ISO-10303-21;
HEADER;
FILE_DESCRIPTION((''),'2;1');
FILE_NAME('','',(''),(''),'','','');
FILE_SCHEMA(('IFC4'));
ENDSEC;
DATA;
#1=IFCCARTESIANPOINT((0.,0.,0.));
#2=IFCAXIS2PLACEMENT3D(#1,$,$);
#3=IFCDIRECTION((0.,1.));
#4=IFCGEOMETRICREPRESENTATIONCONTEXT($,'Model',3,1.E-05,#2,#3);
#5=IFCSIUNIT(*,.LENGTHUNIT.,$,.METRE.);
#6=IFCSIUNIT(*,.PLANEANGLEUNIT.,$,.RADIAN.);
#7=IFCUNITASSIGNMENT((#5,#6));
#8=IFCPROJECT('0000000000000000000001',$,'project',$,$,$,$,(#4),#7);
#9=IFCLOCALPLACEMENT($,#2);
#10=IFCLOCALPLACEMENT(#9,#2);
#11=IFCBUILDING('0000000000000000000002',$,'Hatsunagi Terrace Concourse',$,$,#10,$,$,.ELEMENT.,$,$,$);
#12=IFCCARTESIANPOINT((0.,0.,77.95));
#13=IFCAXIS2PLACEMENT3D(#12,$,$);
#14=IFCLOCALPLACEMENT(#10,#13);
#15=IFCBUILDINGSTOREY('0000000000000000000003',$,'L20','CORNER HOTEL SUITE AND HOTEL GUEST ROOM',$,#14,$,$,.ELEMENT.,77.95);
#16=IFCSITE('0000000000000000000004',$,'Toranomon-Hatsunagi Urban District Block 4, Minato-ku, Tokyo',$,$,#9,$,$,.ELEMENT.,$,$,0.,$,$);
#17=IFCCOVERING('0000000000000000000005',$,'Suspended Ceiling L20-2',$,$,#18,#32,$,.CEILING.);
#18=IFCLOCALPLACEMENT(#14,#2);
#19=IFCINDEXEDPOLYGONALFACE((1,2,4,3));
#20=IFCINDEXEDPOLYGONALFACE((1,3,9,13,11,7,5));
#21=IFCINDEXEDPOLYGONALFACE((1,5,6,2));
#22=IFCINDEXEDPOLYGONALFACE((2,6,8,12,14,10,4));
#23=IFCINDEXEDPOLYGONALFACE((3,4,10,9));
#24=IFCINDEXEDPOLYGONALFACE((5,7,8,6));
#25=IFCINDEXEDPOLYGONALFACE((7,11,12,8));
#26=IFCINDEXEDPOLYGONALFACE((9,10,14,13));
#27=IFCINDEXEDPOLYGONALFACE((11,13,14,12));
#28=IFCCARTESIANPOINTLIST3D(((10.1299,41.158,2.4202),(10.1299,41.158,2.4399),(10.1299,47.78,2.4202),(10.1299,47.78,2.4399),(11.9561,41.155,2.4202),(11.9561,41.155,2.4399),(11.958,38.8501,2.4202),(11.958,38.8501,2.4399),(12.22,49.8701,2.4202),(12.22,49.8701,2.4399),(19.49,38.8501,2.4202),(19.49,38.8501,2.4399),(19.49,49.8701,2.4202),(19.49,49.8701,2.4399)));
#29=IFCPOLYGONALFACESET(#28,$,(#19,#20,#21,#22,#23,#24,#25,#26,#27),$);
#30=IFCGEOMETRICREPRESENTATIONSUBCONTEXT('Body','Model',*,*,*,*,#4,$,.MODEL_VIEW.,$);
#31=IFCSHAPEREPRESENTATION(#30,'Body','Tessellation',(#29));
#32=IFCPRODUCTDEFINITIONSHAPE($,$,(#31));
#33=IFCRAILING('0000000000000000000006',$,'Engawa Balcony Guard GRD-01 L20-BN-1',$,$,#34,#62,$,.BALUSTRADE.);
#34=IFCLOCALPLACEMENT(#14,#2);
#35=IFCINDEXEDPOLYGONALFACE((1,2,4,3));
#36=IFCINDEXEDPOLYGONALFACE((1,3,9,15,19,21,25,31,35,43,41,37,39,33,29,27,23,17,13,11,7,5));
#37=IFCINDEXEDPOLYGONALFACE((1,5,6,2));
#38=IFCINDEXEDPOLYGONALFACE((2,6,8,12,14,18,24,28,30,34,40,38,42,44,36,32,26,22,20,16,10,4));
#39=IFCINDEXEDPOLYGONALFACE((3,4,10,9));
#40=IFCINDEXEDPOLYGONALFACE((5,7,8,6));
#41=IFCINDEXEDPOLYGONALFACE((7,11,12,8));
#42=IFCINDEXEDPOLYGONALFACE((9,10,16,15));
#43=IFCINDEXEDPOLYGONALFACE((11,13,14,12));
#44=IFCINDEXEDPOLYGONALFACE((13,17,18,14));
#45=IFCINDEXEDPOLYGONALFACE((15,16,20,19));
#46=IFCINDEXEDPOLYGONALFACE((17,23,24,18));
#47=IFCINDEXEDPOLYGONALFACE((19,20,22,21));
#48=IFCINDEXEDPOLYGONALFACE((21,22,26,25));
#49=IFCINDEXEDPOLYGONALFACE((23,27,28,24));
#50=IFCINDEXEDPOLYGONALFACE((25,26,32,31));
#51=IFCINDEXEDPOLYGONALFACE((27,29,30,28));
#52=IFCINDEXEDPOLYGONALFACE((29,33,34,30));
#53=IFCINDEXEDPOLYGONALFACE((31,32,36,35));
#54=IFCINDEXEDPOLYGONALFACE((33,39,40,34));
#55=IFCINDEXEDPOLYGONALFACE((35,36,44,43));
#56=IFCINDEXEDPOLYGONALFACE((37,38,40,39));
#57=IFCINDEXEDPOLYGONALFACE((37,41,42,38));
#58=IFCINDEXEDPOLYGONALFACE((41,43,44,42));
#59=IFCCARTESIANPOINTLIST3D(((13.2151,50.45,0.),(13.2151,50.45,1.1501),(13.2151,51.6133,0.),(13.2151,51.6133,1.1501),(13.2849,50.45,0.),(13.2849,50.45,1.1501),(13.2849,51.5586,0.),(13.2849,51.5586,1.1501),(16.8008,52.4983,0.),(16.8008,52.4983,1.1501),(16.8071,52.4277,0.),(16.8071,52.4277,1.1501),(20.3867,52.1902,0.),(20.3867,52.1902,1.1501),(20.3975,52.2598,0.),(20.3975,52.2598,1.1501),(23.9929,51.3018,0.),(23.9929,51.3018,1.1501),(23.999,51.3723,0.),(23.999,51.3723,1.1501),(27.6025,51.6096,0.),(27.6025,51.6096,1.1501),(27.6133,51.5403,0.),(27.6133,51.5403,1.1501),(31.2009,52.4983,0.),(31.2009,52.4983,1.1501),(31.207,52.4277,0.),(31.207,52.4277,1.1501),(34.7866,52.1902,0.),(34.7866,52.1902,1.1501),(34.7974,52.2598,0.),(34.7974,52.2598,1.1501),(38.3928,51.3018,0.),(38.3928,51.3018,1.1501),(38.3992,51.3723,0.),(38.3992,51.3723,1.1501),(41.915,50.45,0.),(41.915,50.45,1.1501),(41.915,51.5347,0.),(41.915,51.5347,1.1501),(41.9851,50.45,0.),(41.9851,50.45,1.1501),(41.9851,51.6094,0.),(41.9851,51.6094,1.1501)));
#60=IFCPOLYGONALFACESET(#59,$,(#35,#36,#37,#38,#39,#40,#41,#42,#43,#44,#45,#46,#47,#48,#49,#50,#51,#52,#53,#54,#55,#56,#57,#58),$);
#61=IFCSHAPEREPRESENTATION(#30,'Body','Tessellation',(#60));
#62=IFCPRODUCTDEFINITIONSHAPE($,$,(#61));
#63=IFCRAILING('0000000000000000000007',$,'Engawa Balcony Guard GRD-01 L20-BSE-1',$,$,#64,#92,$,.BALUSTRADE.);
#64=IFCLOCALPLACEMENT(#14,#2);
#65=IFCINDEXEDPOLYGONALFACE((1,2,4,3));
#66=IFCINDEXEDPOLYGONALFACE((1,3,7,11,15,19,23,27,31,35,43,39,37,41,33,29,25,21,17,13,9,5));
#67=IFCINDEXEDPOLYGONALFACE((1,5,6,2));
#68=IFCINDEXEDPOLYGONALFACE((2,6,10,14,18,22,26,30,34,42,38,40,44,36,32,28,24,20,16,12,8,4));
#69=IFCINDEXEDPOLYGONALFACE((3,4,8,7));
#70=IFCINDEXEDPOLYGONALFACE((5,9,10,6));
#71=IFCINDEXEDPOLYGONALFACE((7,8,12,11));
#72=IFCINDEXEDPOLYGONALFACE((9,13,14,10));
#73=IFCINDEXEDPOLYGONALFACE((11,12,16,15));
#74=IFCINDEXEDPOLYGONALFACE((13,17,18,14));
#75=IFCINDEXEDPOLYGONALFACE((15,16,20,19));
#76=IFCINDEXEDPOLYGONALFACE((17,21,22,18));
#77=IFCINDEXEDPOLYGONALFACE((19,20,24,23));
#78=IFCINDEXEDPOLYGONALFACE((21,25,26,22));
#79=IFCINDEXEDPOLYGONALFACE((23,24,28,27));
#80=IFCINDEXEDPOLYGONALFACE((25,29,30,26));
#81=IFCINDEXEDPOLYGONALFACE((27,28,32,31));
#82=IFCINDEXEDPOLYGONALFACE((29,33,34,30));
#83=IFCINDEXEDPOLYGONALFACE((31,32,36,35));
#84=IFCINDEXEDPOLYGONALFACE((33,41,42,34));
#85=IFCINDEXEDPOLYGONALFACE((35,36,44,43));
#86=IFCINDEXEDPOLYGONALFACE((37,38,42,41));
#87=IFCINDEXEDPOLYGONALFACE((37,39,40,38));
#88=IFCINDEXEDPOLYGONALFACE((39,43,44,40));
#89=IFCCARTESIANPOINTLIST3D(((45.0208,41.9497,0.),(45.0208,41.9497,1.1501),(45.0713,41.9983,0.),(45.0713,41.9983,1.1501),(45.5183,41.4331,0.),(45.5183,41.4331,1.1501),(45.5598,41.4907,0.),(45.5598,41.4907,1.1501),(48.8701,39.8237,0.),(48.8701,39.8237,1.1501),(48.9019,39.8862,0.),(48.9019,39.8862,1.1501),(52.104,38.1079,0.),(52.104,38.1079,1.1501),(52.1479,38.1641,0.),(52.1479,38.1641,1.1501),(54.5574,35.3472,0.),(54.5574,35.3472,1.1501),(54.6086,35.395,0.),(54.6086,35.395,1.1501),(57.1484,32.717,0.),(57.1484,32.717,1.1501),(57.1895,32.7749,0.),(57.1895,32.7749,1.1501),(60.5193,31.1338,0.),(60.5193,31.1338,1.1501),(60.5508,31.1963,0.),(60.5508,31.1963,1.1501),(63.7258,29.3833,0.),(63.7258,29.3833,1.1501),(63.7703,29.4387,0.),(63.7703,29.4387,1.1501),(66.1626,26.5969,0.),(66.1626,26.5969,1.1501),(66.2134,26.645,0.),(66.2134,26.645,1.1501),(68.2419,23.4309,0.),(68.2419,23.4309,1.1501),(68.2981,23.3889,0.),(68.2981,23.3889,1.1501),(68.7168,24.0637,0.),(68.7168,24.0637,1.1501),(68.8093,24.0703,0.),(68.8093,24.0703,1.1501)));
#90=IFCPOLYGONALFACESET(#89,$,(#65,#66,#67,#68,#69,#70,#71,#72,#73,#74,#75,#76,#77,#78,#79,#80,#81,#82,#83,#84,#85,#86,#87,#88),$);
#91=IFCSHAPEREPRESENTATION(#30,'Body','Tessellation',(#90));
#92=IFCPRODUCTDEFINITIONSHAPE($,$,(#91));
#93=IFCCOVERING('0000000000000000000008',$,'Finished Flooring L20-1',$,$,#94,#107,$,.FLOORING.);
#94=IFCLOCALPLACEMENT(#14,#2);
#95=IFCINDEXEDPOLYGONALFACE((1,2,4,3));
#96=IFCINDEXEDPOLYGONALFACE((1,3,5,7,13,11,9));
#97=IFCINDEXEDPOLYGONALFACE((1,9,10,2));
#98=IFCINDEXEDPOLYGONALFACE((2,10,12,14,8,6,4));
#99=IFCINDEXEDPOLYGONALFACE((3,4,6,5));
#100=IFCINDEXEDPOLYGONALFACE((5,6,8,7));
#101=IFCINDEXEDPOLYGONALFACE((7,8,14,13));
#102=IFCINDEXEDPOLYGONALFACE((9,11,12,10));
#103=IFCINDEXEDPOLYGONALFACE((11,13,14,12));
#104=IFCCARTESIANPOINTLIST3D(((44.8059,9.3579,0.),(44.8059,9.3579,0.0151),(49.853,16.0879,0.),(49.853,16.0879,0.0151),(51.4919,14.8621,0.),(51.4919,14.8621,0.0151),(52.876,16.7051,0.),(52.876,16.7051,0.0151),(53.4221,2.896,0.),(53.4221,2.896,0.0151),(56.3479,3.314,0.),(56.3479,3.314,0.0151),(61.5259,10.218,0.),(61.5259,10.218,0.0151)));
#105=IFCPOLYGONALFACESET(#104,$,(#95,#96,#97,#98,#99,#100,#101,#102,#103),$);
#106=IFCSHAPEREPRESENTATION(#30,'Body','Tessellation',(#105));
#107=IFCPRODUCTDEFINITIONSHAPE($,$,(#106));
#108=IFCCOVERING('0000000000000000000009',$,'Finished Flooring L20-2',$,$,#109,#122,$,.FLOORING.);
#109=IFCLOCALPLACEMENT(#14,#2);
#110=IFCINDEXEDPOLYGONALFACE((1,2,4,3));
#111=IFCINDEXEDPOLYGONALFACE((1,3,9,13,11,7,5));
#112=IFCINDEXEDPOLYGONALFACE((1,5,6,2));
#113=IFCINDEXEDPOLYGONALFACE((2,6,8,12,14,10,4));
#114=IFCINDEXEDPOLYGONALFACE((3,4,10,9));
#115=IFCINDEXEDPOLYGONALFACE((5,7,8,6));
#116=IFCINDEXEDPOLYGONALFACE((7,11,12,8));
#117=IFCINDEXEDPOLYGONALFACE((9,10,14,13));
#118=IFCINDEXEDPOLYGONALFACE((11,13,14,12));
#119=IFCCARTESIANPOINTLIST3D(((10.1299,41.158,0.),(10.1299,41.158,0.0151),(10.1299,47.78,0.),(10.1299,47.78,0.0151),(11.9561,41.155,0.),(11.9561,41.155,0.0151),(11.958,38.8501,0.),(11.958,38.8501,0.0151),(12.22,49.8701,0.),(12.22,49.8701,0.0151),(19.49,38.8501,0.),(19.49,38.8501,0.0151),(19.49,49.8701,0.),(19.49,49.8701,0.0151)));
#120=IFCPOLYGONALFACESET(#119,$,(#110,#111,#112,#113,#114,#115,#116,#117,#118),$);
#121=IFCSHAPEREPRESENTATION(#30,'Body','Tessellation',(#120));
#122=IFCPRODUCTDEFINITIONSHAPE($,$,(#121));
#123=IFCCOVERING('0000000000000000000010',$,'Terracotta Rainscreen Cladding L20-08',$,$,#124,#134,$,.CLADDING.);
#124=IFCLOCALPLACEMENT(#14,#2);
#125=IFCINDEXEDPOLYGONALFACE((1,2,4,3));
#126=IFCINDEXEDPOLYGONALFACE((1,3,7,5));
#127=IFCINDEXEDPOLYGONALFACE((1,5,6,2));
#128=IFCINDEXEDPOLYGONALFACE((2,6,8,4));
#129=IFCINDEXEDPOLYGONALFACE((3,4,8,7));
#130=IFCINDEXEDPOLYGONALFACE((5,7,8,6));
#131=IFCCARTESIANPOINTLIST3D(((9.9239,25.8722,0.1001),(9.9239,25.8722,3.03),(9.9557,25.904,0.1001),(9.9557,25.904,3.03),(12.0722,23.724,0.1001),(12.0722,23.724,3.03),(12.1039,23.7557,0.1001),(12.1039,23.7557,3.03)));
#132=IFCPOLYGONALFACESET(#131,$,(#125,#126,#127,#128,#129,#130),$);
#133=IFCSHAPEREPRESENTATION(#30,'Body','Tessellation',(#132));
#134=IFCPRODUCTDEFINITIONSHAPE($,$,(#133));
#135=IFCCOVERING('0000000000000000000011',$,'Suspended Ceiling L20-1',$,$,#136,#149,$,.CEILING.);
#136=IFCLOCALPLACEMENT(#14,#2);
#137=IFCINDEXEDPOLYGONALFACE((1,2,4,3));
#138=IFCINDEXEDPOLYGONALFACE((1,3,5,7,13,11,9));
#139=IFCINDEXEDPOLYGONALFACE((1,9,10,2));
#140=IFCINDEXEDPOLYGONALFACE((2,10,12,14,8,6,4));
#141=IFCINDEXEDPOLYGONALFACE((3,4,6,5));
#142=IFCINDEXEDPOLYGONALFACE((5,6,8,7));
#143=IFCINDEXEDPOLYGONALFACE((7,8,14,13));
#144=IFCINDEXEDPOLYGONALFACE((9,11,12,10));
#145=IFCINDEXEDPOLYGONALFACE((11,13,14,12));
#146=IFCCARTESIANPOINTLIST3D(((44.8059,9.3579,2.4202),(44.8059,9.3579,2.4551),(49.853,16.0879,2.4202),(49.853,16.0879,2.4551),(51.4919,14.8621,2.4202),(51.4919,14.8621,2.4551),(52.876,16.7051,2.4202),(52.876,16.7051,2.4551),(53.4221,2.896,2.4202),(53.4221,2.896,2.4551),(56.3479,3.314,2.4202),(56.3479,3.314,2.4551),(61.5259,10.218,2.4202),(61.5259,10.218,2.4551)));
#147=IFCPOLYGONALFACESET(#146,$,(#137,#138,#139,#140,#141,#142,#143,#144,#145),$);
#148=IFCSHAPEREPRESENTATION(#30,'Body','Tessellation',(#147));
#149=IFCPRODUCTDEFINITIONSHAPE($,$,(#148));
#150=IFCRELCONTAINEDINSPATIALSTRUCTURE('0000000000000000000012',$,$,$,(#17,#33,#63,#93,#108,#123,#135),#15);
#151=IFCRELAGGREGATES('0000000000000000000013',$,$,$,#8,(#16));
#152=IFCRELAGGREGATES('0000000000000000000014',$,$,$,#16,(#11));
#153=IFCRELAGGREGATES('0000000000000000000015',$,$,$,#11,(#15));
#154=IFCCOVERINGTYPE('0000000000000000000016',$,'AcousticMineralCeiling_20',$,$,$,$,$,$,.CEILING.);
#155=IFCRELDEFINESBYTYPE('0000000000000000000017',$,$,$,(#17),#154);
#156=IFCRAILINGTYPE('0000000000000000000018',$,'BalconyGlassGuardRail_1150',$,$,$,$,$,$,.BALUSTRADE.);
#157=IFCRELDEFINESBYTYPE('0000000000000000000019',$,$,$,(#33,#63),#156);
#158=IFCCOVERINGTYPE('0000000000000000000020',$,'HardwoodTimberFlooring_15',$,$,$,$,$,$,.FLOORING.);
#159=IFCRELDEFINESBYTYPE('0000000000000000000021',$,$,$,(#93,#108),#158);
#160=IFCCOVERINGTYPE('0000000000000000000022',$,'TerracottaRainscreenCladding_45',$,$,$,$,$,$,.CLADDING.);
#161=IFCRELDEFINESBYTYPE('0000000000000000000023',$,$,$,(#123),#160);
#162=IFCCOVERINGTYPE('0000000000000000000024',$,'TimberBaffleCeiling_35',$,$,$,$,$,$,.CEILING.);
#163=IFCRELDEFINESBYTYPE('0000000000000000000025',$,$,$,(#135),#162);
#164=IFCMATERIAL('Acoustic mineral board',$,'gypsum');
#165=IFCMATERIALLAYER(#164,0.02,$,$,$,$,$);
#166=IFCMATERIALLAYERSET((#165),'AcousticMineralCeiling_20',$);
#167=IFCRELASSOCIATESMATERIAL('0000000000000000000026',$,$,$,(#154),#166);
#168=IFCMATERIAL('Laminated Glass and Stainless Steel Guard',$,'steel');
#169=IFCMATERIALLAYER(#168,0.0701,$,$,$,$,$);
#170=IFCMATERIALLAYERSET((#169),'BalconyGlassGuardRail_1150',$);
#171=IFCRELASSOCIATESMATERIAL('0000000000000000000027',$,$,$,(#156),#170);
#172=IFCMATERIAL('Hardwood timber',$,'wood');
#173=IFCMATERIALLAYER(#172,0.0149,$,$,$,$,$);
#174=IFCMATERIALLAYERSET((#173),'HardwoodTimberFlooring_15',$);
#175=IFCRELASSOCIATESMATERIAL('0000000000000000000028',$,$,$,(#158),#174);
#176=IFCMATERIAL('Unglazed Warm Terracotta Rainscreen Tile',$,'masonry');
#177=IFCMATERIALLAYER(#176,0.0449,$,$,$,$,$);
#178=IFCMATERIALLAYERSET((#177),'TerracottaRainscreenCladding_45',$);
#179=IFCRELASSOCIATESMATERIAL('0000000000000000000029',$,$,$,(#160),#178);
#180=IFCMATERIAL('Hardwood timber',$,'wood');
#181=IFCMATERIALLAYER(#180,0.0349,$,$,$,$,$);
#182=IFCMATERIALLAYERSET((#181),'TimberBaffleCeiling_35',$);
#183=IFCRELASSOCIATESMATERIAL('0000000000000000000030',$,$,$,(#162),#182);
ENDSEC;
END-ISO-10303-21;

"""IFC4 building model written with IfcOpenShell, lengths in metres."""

from ifc_helpers import new_model, si_unit, direction, frame, origin, origin_2d, place, context, subcontext, project, spatial, polyline, rectangle, outline, extrude, material, layer, layer_set, type_object, element, save


model = new_model("IFC4")

# Units and contexts
model_context = context("Model", 3, precision=1e-05, world=origin(), true_north=direction((0.0, 1.0)))
body_context = subcontext(model_context, "Body", "Model", "MODEL_VIEW")
ifc_project = project(units=[si_unit("LENGTHUNIT", "METRE"), si_unit("PLANEANGLEUNIT", "RADIAN")], contexts=[model_context])

# Site, building, storey
site_placement = place(None, origin())
site = spatial("IfcSite", under=ifc_project, at=site_placement, Name="Toranomon-Hatsunagi Urban District Block 4, Minato-ku, Tokyo", CompositionType="ELEMENT", RefElevation=0.0)
building_placement = place(site_placement, origin())
building = spatial("IfcBuilding", under=site, at=building_placement, Name="Hatsunagi Terrace Concourse", CompositionType="ELEMENT")
storey_placement = place(building_placement, frame((0.0, 0.0, 77.95)))
storey = spatial("IfcBuildingStorey", under=building, at=storey_placement, Name="L20", Description="CORNER HOTEL SUITE AND HOTEL GUEST ROOM", CompositionType="ELEMENT", Elevation=77.95)

# Covering
ifc_material_1 = material(Name="Acoustic mineral board", Category="gypsum")
ifc_layer_1 = layer(ifc_material_1, 0.02)
ifc_layer_set_1 = layer_set([ifc_layer_1], Name="AcousticMineralCeiling_20")
covering_type_1 = type_object("IfcCoveringType", Name="AcousticMineralCeiling_20", PredefinedType="CEILING", material=ifc_layer_set_1)
covering_1_placement = place(storey_placement, frame((0.0, 0.0, 2.4202)))
element("IfcCovering", 1, at=covering_1_placement, inside=storey, type_object=covering_type_1, Name="Suspended Ceiling L20-2", PredefinedType="CEILING", context=body_context, shape_type="SweptSolid", body=[
    extrude(outline(polyline([(10.1299, 47.78), (10.1299, 41.158), (11.9561, 41.155), (11.958, 38.8501), (19.49, 38.8501), (19.49, 49.8701), (12.22, 49.8701), (10.1299, 47.78)])), origin(), (0.0, 0.0, 1.0), 0.0198),
])

# Railings
ifc_material_2 = material(Name="Laminated Glass and Stainless Steel Guard", Category="steel")
ifc_layer_2 = layer(ifc_material_2, 0.0701)
ifc_layer_set_2 = layer_set([ifc_layer_2], Name="BalconyGlassGuardRail_1150")
railing_type = type_object("IfcRailingType", Name="BalconyGlassGuardRail_1150", PredefinedType="BALUSTRADE", material=ifc_layer_set_2)
railing_1_placement = place(storey_placement, origin())
element("IfcRailing", 2, at=railing_1_placement, inside=storey, type_object=railing_type, Name="Engawa Balcony Guard GRD-01 L20-BN-1", PredefinedType="BALUSTRADE", context=body_context, shape_type="SweptSolid", body=[
    extrude(outline(polyline([(13.2151, 50.45), (13.2849, 50.45), (13.2849, 51.5586), (16.8071, 52.4277), (20.3867, 52.1902), (23.9929, 51.3018), (27.6133, 51.5403), (31.207, 52.4277), (34.7866, 52.1902), (38.3928, 51.3018), (41.915, 51.5347), (41.915, 50.45), (41.9851, 50.45), (41.9851, 51.6094), (38.3992, 51.3723), (34.7974, 52.2598), (31.2009, 52.4983), (27.6025, 51.6096), (23.999, 51.3723), (20.3975, 52.2598), (16.8008, 52.4983), (13.2151, 51.6133), (13.2151, 50.45)])), origin(), (0.0, 0.0, 1.0), 1.1501),
])
railing_2_placement = place(storey_placement, origin())
element("IfcRailing", 3, at=railing_2_placement, inside=storey, type_object=railing_type, Name="Engawa Balcony Guard GRD-01 L20-BSE-1", PredefinedType="BALUSTRADE", context=body_context, shape_type="SweptSolid", body=[
    extrude(outline(polyline([(45.0713, 41.9983), (45.0208, 41.9497), (45.5183, 41.4331), (48.8701, 39.8237), (52.104, 38.1079), (54.5574, 35.3472), (57.1484, 32.717), (60.5193, 31.1338), (63.7258, 29.3833), (66.1626, 26.5969), (68.7168, 24.0637), (68.2419, 23.4309), (68.2981, 23.3889), (68.8093, 24.0703), (66.2134, 26.645), (63.7703, 29.4387), (60.5508, 31.1963), (57.1895, 32.7749), (54.6086, 35.395), (52.1479, 38.1641), (48.9019, 39.8862), (45.5598, 41.4907), (45.0713, 41.9983)])), origin(), (0.0, 0.0, 1.0), 1.1501),
])

# Coverings
ifc_material_3 = material(Name="Hardwood timber", Category="wood")
ifc_layer_3 = layer(ifc_material_3, 0.0149)
ifc_layer_set_3 = layer_set([ifc_layer_3], Name="HardwoodTimberFlooring_15")
covering_type_2 = type_object("IfcCoveringType", Name="HardwoodTimberFlooring_15", PredefinedType="FLOORING", material=ifc_layer_set_3)
covering_2_placement = place(storey_placement, origin())
element("IfcCovering", 4, at=covering_2_placement, inside=storey, type_object=covering_type_2, Name="Finished Flooring L20-1", PredefinedType="FLOORING", context=body_context, shape_type="SweptSolid", body=[
    extrude(outline(polyline([(56.3479, 3.314), (61.5259, 10.218), (52.876, 16.7051), (51.4919, 14.8621), (49.853, 16.0879), (44.8059, 9.3579), (53.4221, 2.896), (56.3479, 3.314)])), origin(), (0.0, 0.0, 1.0), 0.0151),
])
covering_3_placement = place(storey_placement, origin())
element("IfcCovering", 5, at=covering_3_placement, inside=storey, type_object=covering_type_2, Name="Finished Flooring L20-2", PredefinedType="FLOORING", context=body_context, shape_type="SweptSolid", body=[
    extrude(outline(polyline([(10.1299, 47.78), (10.1299, 41.158), (11.9561, 41.155), (11.958, 38.8501), (19.49, 38.8501), (19.49, 49.8701), (12.22, 49.8701), (10.1299, 47.78)])), origin(), (0.0, 0.0, 1.0), 0.0151),
])
ifc_material_4 = material(Name="Unglazed Warm Terracotta Rainscreen Tile", Category="masonry")
ifc_layer_4 = layer(ifc_material_4, 0.0449)
ifc_layer_set_4 = layer_set([ifc_layer_4], Name="TerracottaRainscreenCladding_45")
covering_type_3 = type_object("IfcCoveringType", Name="TerracottaRainscreenCladding_45", PredefinedType="CLADDING", material=ifc_layer_set_4)
covering_4_placement = place(storey_placement, frame((11.0139, 24.814, 0.1001), z_axis=(0.0, 0.0, 1.0), x_axis=(-0.707107, 0.707107, 0.0)))
element("IfcCovering", 6, at=covering_4_placement, inside=storey, type_object=covering_type_3, Name="Terracotta Rainscreen Cladding L20-08", PredefinedType="CLADDING", context=body_context, shape_type="SweptSolid", body=[
    extrude(rectangle(XDim=3.0381, YDim=0.0449, at=origin_2d()), origin(), (0.0, 0.0, 1.0), 2.9299),
])
ifc_material_5 = material(Name="Hardwood timber", Category="wood")
ifc_layer_5 = layer(ifc_material_5, 0.0349)
ifc_layer_set_5 = layer_set([ifc_layer_5], Name="TimberBaffleCeiling_35")
covering_type_4 = type_object("IfcCoveringType", Name="TimberBaffleCeiling_35", PredefinedType="CEILING", material=ifc_layer_set_5)
covering_5_placement = place(storey_placement, frame((0.0, 0.0, 2.4202)))
element("IfcCovering", 7, at=covering_5_placement, inside=storey, type_object=covering_type_4, Name="Suspended Ceiling L20-1", PredefinedType="CEILING", context=body_context, shape_type="SweptSolid", body=[
    extrude(outline(polyline([(56.3479, 3.314), (61.5259, 10.218), (52.876, 16.7051), (51.4919, 14.8621), (49.853, 16.0879), (44.8059, 9.3579), (53.4221, 2.896), (56.3479, 3.314)])), origin(), (0.0, 0.0, 1.0), 0.0349),
])

save(model, "model.ifc")
